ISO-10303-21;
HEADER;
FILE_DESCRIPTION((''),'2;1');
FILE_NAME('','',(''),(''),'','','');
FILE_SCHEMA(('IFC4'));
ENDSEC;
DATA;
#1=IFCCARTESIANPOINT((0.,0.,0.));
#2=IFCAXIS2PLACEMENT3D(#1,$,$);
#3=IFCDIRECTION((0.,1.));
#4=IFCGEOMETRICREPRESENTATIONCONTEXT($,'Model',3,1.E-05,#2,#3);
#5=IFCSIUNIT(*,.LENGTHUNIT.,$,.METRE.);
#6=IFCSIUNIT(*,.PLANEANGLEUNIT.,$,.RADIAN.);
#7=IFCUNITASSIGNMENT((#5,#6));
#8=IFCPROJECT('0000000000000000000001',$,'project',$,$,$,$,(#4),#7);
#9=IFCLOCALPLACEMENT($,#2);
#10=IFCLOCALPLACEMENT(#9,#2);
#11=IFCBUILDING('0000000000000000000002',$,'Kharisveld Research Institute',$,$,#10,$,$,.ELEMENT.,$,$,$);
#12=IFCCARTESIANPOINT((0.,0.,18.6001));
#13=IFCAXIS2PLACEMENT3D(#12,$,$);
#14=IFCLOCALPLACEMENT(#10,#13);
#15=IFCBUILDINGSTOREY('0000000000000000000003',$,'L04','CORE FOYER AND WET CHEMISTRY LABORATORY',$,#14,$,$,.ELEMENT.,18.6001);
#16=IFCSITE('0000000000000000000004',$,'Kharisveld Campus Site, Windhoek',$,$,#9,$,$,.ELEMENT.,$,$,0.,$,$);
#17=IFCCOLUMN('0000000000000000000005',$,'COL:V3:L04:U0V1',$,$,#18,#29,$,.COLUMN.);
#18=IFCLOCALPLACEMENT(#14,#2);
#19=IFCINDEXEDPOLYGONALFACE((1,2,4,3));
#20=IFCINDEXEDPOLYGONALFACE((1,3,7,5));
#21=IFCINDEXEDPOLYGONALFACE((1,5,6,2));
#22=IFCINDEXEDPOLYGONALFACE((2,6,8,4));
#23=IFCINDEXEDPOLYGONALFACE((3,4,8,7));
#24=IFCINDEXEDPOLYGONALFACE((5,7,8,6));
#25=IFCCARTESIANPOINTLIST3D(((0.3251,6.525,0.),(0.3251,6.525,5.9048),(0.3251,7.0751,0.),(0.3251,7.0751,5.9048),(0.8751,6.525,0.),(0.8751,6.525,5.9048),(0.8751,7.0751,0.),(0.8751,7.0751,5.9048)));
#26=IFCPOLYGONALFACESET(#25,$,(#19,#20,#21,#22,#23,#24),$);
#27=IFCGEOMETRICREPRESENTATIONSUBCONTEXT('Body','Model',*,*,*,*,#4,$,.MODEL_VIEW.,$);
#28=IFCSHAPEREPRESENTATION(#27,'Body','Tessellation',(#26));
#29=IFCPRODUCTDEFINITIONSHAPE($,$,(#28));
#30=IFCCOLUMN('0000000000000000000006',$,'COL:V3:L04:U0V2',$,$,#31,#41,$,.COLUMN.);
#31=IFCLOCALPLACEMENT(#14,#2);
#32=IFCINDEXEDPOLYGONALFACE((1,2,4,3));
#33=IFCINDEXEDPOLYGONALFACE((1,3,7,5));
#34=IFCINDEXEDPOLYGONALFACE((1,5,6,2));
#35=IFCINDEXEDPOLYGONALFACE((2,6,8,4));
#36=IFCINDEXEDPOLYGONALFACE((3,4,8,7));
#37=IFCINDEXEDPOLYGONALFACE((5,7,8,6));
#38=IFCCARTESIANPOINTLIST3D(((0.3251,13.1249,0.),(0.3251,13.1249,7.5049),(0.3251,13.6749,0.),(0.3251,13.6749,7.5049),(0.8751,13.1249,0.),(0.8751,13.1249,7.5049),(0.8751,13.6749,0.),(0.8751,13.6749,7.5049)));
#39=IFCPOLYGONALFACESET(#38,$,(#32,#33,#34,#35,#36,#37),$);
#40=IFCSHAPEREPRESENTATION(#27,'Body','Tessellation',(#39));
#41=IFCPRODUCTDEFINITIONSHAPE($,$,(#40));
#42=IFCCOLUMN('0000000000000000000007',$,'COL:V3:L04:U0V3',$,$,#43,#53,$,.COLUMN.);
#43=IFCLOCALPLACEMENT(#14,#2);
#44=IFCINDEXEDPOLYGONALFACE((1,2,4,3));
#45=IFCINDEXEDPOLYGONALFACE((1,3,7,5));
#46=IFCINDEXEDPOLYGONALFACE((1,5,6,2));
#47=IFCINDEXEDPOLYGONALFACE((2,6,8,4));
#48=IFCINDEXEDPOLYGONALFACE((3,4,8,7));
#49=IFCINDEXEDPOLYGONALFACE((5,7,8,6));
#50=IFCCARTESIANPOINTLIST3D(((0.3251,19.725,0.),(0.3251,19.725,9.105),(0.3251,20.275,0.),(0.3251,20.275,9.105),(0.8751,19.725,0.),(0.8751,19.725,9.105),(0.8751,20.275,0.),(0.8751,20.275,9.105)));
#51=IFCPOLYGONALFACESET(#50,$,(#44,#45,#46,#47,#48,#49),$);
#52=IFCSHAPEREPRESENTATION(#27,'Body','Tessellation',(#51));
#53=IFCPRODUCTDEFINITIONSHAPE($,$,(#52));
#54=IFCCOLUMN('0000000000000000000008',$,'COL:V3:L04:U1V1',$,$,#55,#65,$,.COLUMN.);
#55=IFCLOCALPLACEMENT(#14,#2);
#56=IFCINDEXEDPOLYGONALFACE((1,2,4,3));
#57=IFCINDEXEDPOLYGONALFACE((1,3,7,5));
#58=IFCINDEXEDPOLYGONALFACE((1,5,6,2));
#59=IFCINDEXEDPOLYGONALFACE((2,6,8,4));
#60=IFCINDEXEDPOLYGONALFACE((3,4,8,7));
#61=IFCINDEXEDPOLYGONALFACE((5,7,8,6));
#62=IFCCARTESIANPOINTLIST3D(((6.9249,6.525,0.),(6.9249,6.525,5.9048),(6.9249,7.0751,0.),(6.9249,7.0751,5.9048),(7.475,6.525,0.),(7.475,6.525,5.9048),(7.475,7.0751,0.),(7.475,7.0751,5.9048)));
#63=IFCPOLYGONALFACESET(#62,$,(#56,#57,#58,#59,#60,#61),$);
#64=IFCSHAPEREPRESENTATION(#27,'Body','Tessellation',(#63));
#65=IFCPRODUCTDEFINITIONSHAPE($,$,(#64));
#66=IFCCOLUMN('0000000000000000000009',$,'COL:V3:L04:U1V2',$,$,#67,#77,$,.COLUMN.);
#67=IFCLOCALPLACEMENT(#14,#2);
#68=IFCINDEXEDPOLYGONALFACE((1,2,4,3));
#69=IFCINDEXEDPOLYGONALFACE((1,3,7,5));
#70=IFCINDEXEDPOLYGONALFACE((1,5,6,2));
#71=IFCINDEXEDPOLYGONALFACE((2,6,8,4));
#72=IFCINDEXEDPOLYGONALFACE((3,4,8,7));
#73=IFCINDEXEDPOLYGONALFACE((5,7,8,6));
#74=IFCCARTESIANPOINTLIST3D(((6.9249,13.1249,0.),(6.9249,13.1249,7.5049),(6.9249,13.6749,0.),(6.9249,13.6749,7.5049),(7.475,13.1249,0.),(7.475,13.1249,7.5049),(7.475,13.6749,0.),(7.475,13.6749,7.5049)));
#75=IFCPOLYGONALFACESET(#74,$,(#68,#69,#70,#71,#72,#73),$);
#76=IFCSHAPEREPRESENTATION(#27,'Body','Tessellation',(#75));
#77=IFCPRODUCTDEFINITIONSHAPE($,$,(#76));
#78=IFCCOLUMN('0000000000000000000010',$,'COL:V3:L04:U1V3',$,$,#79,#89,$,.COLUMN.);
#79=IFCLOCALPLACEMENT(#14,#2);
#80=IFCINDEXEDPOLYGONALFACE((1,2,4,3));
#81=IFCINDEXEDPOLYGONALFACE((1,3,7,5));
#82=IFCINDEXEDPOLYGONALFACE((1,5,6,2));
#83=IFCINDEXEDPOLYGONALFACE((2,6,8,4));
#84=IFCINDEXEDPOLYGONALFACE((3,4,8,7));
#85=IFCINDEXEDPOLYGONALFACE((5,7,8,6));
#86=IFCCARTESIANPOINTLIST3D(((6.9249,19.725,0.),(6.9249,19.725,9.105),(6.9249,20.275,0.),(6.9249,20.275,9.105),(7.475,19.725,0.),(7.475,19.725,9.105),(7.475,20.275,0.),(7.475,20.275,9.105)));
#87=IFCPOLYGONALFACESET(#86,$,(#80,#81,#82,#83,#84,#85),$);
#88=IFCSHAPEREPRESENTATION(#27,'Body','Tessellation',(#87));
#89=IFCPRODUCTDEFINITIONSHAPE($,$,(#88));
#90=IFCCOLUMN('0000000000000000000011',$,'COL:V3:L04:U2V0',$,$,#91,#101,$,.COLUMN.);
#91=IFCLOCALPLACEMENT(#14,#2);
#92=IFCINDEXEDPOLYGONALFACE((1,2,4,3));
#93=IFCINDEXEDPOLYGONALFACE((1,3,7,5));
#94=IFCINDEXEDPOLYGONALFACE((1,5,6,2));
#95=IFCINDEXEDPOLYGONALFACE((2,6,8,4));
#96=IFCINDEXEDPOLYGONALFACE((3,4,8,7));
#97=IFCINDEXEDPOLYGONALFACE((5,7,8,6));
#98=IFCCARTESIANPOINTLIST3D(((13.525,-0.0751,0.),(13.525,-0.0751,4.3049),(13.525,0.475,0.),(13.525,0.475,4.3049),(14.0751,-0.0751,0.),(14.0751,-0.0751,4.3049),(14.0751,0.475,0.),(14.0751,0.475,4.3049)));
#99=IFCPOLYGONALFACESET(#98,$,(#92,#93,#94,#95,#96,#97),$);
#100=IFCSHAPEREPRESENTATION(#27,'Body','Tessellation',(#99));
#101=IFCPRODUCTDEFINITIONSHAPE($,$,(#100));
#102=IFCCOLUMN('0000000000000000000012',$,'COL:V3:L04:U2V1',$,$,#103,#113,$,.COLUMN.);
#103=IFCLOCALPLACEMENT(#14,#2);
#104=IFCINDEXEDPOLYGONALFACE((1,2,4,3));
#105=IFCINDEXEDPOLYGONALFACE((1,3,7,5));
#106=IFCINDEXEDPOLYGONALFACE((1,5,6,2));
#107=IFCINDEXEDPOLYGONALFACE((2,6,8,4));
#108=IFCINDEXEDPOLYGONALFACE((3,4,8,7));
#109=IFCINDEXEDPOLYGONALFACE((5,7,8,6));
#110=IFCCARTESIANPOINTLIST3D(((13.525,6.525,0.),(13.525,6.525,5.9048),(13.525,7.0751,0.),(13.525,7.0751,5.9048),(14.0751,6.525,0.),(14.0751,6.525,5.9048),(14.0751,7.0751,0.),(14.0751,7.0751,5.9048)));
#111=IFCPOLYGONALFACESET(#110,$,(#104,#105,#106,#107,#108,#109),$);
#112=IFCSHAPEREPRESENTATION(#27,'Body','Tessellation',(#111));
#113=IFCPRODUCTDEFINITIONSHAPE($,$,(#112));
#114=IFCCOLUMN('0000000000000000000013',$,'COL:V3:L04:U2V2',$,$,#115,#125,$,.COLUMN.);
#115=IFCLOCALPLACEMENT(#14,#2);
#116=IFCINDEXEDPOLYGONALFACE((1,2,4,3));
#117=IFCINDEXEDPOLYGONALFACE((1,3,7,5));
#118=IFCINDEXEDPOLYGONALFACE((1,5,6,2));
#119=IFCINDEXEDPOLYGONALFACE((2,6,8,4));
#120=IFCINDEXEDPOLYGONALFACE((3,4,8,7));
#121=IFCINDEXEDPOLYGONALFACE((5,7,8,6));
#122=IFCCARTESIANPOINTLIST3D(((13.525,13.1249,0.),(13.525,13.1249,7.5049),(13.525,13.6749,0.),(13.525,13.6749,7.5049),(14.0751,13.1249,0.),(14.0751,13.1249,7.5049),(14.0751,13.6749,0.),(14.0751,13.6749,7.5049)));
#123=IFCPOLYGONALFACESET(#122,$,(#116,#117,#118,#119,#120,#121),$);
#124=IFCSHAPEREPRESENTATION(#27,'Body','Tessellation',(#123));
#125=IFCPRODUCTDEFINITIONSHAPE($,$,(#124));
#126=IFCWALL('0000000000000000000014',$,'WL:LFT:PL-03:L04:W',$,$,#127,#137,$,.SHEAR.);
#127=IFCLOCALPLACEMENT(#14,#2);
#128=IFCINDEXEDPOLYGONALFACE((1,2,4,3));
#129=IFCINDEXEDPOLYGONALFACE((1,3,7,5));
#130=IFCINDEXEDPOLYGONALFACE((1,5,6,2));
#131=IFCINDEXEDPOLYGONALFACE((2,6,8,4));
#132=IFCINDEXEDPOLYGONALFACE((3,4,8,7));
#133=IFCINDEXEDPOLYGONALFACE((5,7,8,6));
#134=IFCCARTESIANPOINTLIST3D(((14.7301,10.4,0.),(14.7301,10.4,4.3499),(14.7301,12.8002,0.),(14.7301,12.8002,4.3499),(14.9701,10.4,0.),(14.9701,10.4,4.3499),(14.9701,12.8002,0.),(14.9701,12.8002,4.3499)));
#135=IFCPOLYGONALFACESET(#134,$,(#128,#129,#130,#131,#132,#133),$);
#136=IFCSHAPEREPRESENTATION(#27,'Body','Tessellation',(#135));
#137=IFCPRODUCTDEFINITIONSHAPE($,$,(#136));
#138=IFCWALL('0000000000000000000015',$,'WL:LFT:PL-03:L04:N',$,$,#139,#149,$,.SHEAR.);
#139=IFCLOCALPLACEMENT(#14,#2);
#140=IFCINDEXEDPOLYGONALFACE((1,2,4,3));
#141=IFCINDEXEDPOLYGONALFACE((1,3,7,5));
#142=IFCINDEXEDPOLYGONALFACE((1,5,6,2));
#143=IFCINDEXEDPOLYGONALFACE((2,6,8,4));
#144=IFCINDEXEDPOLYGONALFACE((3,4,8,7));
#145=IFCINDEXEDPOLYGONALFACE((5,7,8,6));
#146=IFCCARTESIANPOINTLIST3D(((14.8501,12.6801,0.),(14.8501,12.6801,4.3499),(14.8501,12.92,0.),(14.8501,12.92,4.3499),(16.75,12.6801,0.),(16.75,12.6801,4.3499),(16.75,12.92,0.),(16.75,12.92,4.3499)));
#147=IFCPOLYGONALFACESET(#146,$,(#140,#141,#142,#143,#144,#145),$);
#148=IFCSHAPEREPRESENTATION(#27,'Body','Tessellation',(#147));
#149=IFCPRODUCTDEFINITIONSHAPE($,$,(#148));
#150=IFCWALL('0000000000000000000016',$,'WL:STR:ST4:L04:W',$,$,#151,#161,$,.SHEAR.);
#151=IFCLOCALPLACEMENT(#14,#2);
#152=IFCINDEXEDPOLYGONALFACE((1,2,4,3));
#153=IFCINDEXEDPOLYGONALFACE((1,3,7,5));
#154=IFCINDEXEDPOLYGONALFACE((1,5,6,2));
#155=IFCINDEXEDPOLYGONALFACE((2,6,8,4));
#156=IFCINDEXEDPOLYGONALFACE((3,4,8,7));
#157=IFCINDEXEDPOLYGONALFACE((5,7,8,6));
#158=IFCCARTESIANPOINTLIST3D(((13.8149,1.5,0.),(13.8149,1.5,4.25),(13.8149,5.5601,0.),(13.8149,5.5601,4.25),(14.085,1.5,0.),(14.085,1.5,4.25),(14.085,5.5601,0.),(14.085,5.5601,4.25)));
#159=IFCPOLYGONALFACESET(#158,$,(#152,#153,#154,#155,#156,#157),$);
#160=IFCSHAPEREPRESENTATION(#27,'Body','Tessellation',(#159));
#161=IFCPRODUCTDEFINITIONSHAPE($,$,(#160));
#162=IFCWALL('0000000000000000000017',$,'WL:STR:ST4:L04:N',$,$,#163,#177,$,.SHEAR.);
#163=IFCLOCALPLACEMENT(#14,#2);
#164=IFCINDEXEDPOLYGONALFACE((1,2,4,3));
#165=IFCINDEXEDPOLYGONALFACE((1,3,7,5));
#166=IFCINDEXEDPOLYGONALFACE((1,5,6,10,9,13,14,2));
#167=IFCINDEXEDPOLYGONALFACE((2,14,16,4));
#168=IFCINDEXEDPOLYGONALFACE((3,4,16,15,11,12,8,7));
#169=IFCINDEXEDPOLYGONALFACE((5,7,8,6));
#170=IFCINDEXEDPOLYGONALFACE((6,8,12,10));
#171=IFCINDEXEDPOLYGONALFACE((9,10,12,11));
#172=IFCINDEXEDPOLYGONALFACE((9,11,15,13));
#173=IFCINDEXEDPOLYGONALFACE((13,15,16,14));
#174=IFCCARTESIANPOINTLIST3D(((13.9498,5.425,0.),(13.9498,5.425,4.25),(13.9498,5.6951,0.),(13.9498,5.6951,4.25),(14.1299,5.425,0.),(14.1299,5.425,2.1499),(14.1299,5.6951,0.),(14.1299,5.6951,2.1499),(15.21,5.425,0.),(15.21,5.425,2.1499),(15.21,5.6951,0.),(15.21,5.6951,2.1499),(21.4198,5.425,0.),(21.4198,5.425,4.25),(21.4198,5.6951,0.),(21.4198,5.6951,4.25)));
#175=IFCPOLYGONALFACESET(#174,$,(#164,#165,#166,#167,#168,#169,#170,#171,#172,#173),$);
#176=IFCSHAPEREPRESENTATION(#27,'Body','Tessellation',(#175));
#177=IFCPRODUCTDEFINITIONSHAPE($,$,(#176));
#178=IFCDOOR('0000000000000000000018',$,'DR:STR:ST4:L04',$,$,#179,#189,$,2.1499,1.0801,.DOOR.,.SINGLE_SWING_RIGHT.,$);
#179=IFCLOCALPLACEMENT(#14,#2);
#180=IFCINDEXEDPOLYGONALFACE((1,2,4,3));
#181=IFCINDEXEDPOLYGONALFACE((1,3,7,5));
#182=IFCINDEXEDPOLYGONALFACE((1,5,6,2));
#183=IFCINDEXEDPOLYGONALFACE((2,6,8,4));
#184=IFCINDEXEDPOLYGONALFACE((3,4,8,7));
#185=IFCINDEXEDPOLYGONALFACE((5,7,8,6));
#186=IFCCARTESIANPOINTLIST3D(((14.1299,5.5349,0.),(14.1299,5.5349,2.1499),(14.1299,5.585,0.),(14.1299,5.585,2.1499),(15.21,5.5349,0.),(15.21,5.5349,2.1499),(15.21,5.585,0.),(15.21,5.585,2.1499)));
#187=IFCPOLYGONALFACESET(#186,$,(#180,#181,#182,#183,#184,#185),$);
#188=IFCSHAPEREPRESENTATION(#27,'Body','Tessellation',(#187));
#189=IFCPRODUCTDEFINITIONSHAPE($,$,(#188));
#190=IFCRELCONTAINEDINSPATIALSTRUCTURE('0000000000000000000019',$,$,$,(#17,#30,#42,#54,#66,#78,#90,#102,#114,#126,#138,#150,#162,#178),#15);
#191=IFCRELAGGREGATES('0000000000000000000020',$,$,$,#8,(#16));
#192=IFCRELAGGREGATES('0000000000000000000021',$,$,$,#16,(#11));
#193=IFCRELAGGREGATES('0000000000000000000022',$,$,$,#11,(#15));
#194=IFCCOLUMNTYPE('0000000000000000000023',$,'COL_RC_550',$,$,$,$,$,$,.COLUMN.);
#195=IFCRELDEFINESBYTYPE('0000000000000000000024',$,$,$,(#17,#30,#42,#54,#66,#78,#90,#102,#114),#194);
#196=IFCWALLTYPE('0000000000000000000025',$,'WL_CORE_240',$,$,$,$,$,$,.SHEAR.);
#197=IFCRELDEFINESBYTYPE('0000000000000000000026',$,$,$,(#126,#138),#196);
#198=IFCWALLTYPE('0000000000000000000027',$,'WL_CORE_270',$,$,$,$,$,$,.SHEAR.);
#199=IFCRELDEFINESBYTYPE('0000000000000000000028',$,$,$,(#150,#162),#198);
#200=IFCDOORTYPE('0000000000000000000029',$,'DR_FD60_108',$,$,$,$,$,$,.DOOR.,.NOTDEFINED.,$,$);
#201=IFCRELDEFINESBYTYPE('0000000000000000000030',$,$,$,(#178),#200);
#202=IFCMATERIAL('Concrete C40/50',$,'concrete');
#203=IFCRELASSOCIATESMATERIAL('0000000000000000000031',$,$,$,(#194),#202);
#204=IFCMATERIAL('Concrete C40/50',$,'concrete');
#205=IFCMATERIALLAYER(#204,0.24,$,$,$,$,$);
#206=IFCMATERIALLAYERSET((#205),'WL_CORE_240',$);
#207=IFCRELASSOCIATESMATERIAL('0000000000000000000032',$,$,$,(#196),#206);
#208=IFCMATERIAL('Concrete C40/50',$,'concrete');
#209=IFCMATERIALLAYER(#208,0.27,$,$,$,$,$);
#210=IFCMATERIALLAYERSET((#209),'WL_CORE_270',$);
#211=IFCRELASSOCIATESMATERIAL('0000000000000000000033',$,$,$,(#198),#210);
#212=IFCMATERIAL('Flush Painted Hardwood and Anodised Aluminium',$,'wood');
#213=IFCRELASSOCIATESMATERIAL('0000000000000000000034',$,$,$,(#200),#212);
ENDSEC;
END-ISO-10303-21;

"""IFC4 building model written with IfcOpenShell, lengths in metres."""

from ifc_helpers import new_model, si_unit, direction, frame, frame_2d, origin, origin_2d, place, context, subcontext, project, spatial, rectangle, extrude, material, layer, layer_set, material_profile, profile_set, type_object, element, fill, save


model = new_model("IFC4")

# Units and contexts
model_context = context("Model", 3, precision=1e-05, world=origin(), true_north=direction((0.0, 1.0)))
body_context = subcontext(model_context, "Body", "Model", "MODEL_VIEW")
ifc_project = project(units=[si_unit("LENGTHUNIT", "METRE"), si_unit("PLANEANGLEUNIT", "RADIAN")], contexts=[model_context])

# Site, building, storey
site_placement = place(None, origin())
site = spatial("IfcSite", under=ifc_project, at=site_placement, Name="Kharisveld Campus Site, Windhoek", CompositionType="ELEMENT", RefElevation=0.0)
building_placement = place(site_placement, origin())
building = spatial("IfcBuilding", under=site, at=building_placement, Name="Kharisveld Research Institute", CompositionType="ELEMENT")
storey_placement = place(building_placement, frame((0.0, 0.0, 18.6001)))
storey = spatial("IfcBuildingStorey", under=building, at=storey_placement, Name="L04", Description="CORE FOYER AND WET CHEMISTRY LABORATORY", CompositionType="ELEMENT", Elevation=18.6001)

# Columns
ifc_material_1 = material(Name="Concrete C40/50", Category="concrete")
ifc_material_profile = material_profile(ifc_material_1, rectangle(XDim=0.55, YDim=0.55, at=origin_2d()))
ifc_profile_set = profile_set([ifc_material_profile], Name="Concrete C40/50")
column_type = type_object("IfcColumnType", Name="COL_RC_550", PredefinedType="COLUMN", material=ifc_profile_set)
column_1_placement = place(storey_placement, frame((0.6001, 6.8, 0.0), z_axis=(0.0, 0.0, 1.0), x_axis=(1.0, 0.0, 0.0)))
element("IfcColumn", 1, at=column_1_placement, inside=storey, type_object=column_type, Name="COL:V3:L04:U0V1", PredefinedType="COLUMN", context=body_context, shape_type="SweptSolid", body=[
    extrude(rectangle(XDim=0.55, YDim=0.55, at=origin_2d()), origin(), (0.0, 0.0, 1.0), 5.9048),
])
column_2_placement = place(storey_placement, frame((0.6001, 13.3999, 0.0), z_axis=(0.0, 0.0, 1.0), x_axis=(1.0, 0.0, 0.0)))
element("IfcColumn", 2, at=column_2_placement, inside=storey, type_object=column_type, Name="COL:V3:L04:U0V2", PredefinedType="COLUMN", context=body_context, shape_type="SweptSolid", body=[
    extrude(rectangle(XDim=0.55, YDim=0.55, at=origin_2d()), origin(), (0.0, 0.0, 1.0), 7.5049),
])
column_3_placement = place(storey_placement, frame((0.6001, 20.0, 0.0), z_axis=(0.0, 0.0, 1.0), x_axis=(1.0, 0.0, 0.0)))
element("IfcColumn", 3, at=column_3_placement, inside=storey, type_object=column_type, Name="COL:V3:L04:U0V3", PredefinedType="COLUMN", context=body_context, shape_type="SweptSolid", body=[
    extrude(rectangle(XDim=0.55, YDim=0.55, at=origin_2d()), origin(), (0.0, 0.0, 1.0), 9.105),
])
column_4_placement = place(storey_placement, frame((7.2, 6.8, 0.0), z_axis=(0.0, 0.0, 1.0), x_axis=(1.0, 0.0, 0.0)))
element("IfcColumn", 4, at=column_4_placement, inside=storey, type_object=column_type, Name="COL:V3:L04:U1V1", PredefinedType="COLUMN", context=body_context, shape_type="SweptSolid", body=[
    extrude(rectangle(XDim=0.55, YDim=0.55, at=origin_2d()), origin(), (0.0, 0.0, 1.0), 5.9048),
])
column_5_placement = place(storey_placement, frame((7.2, 13.3999, 0.0), z_axis=(0.0, 0.0, 1.0), x_axis=(1.0, 0.0, 0.0)))
element("IfcColumn", 5, at=column_5_placement, inside=storey, type_object=column_type, Name="COL:V3:L04:U1V2", PredefinedType="COLUMN", context=body_context, shape_type="SweptSolid", body=[
    extrude(rectangle(XDim=0.55, YDim=0.55, at=origin_2d()), origin(), (0.0, 0.0, 1.0), 7.5049),
])
column_6_placement = place(storey_placement, frame((7.2, 20.0, 0.0), z_axis=(0.0, 0.0, 1.0), x_axis=(1.0, 0.0, 0.0)))
element("IfcColumn", 6, at=column_6_placement, inside=storey, type_object=column_type, Name="COL:V3:L04:U1V3", PredefinedType="COLUMN", context=body_context, shape_type="SweptSolid", body=[
    extrude(rectangle(XDim=0.55, YDim=0.55, at=origin_2d()), origin(), (0.0, 0.0, 1.0), 9.105),
])
column_7_placement = place(storey_placement, frame((13.8, 0.2, 0.0), z_axis=(0.0, 0.0, 1.0), x_axis=(1.0, 0.0, 0.0)))
element("IfcColumn", 7, at=column_7_placement, inside=storey, type_object=column_type, Name="COL:V3:L04:U2V0", PredefinedType="COLUMN", context=body_context, shape_type="SweptSolid", body=[
    extrude(rectangle(XDim=0.55, YDim=0.55, at=origin_2d()), origin(), (0.0, 0.0, 1.0), 4.3049),
])
column_8_placement = place(storey_placement, frame((13.8, 6.8, 0.0), z_axis=(0.0, 0.0, 1.0), x_axis=(1.0, 0.0, 0.0)))
element("IfcColumn", 8, at=column_8_placement, inside=storey, type_object=column_type, Name="COL:V3:L04:U2V1", PredefinedType="COLUMN", context=body_context, shape_type="SweptSolid", body=[
    extrude(rectangle(XDim=0.55, YDim=0.55, at=origin_2d()), origin(), (0.0, 0.0, 1.0), 5.9048),
])
column_9_placement = place(storey_placement, frame((13.8, 13.3999, 0.0), z_axis=(0.0, 0.0, 1.0), x_axis=(1.0, 0.0, 0.0)))
element("IfcColumn", 9, at=column_9_placement, inside=storey, type_object=column_type, Name="COL:V3:L04:U2V2", PredefinedType="COLUMN", context=body_context, shape_type="SweptSolid", body=[
    extrude(rectangle(XDim=0.55, YDim=0.55, at=origin_2d()), origin(), (0.0, 0.0, 1.0), 7.5049),
])

# Walls
ifc_material_2 = material(Name="Concrete C40/50", Category="concrete")
ifc_layer_1 = layer(ifc_material_2, 0.24)
ifc_layer_set_1 = layer_set([ifc_layer_1], Name="WL_CORE_240")
wall_type_1 = type_object("IfcWallType", Name="WL_CORE_240", PredefinedType="SHEAR", material=ifc_layer_set_1)
wall_1_placement = place(storey_placement, frame((14.8501, 10.3999, 0.0), z_axis=(0.0, 0.0, 1.0), x_axis=(0.0, 1.0, 0.0)))
element("IfcWall", 10, at=wall_1_placement, inside=storey, type_object=wall_type_1, Name="WL:LFT:PL-03:L04:W", PredefinedType="SHEAR", context=body_context, shape_type="SweptSolid", body=[
    extrude(rectangle(XDim=2.4001, YDim=0.24, at=frame_2d((1.2002, 0.0))), origin(), (0.0, 0.0, 1.0), 4.3499),
])
wall_2_placement = place(storey_placement, frame((14.8501, 12.8, 0.0), z_axis=(0.0, 0.0, 1.0), x_axis=(1.0, 0.0, 0.0)))
element("IfcWall", 11, at=wall_2_placement, inside=storey, type_object=wall_type_1, Name="WL:LFT:PL-03:L04:N", PredefinedType="SHEAR", context=body_context, shape_type="SweptSolid", body=[
    extrude(rectangle(XDim=1.8999, YDim=0.24, at=frame_2d((0.95, 0.0))), origin(), (0.0, 0.0, 1.0), 4.3499),
])
ifc_material_3 = material(Name="Concrete C40/50", Category="concrete")
ifc_layer_2 = layer(ifc_material_3, 0.27)
ifc_layer_set_2 = layer_set([ifc_layer_2], Name="WL_CORE_270")
wall_type_2 = type_object("IfcWallType", Name="WL_CORE_270", PredefinedType="SHEAR", material=ifc_layer_set_2)
wall_3_placement = place(storey_placement, frame((13.95, 1.5, 0.0), z_axis=(0.0, 0.0, 1.0), x_axis=(0.0, 1.0, 0.0)))
element("IfcWall", 12, at=wall_3_placement, inside=storey, type_object=wall_type_2, Name="WL:STR:ST4:L04:W", PredefinedType="SHEAR", context=body_context, shape_type="SweptSolid", body=[
    extrude(rectangle(XDim=4.0601, YDim=0.27, at=frame_2d((2.03, 0.0))), origin(), (0.0, 0.0, 1.0), 4.25),
])

# Wall, opening, door
wall_4_placement = place(storey_placement, frame((13.95, 5.5601, 0.0), z_axis=(0.0, 0.0, 1.0), x_axis=(1.0, 0.0, 0.0)))
wall_4 = element("IfcWall", 13, at=wall_4_placement, inside=storey, type_object=wall_type_2, Name="WL:STR:ST4:L04:N", PredefinedType="SHEAR", context=body_context, shape_type="SweptSolid", body=[
    extrude(rectangle(XDim=7.47, YDim=0.27, at=frame_2d((3.7349, 0.0))), origin(), (0.0, 0.0, 1.0), 4.25),
])
opening_1_placement = place(wall_4_placement, frame((0.1799, 0.0, 0.0)))
opening_1 = element("IfcOpeningElement", 14, at=opening_1_placement, cuts=wall_4, PredefinedType="OPENING", context=body_context, shape_type="SweptSolid", body=[
    extrude(rectangle(XDim=1.0801, YDim=2.1499, at=frame_2d((0.54, 1.075))), frame((0.0, 0.135, 0.0), z_axis=(0.0, -1.0, 0.0), x_axis=(1.0, 0.0, 0.0)), (0.0, 0.0, 1.0), 0.27),
])
ifc_material_4 = material(Name="Flush Painted Hardwood and Anodised Aluminium", Category="wood")
door_type_1 = type_object("IfcDoorType", Name="DR_FD60_108", OperationType="NOTDEFINED", PredefinedType="DOOR", material=ifc_material_4)
door_1_placement = place(opening_1_placement, origin())
door_1 = element("IfcDoor", 15, at=door_1_placement, inside=storey, type_object=door_type_1, Name="DR:STR:ST4:L04", OperationType="SINGLE_SWING_RIGHT", OverallHeight=2.1499, OverallWidth=1.0801, PredefinedType="DOOR", context=body_context, shape_type="SweptSolid", body=[
    extrude(rectangle(XDim=1.0801, YDim=2.1499, at=frame_2d((0.54, 1.075))), frame((0.0, 0.0249, 0.0), z_axis=(0.0, -1.0, 0.0), x_axis=(1.0, 0.0, 0.0)), (0.0, 0.0, 1.0), 0.05),
])
fill(opening_1, door_1)

save(model, "model.ifc")
